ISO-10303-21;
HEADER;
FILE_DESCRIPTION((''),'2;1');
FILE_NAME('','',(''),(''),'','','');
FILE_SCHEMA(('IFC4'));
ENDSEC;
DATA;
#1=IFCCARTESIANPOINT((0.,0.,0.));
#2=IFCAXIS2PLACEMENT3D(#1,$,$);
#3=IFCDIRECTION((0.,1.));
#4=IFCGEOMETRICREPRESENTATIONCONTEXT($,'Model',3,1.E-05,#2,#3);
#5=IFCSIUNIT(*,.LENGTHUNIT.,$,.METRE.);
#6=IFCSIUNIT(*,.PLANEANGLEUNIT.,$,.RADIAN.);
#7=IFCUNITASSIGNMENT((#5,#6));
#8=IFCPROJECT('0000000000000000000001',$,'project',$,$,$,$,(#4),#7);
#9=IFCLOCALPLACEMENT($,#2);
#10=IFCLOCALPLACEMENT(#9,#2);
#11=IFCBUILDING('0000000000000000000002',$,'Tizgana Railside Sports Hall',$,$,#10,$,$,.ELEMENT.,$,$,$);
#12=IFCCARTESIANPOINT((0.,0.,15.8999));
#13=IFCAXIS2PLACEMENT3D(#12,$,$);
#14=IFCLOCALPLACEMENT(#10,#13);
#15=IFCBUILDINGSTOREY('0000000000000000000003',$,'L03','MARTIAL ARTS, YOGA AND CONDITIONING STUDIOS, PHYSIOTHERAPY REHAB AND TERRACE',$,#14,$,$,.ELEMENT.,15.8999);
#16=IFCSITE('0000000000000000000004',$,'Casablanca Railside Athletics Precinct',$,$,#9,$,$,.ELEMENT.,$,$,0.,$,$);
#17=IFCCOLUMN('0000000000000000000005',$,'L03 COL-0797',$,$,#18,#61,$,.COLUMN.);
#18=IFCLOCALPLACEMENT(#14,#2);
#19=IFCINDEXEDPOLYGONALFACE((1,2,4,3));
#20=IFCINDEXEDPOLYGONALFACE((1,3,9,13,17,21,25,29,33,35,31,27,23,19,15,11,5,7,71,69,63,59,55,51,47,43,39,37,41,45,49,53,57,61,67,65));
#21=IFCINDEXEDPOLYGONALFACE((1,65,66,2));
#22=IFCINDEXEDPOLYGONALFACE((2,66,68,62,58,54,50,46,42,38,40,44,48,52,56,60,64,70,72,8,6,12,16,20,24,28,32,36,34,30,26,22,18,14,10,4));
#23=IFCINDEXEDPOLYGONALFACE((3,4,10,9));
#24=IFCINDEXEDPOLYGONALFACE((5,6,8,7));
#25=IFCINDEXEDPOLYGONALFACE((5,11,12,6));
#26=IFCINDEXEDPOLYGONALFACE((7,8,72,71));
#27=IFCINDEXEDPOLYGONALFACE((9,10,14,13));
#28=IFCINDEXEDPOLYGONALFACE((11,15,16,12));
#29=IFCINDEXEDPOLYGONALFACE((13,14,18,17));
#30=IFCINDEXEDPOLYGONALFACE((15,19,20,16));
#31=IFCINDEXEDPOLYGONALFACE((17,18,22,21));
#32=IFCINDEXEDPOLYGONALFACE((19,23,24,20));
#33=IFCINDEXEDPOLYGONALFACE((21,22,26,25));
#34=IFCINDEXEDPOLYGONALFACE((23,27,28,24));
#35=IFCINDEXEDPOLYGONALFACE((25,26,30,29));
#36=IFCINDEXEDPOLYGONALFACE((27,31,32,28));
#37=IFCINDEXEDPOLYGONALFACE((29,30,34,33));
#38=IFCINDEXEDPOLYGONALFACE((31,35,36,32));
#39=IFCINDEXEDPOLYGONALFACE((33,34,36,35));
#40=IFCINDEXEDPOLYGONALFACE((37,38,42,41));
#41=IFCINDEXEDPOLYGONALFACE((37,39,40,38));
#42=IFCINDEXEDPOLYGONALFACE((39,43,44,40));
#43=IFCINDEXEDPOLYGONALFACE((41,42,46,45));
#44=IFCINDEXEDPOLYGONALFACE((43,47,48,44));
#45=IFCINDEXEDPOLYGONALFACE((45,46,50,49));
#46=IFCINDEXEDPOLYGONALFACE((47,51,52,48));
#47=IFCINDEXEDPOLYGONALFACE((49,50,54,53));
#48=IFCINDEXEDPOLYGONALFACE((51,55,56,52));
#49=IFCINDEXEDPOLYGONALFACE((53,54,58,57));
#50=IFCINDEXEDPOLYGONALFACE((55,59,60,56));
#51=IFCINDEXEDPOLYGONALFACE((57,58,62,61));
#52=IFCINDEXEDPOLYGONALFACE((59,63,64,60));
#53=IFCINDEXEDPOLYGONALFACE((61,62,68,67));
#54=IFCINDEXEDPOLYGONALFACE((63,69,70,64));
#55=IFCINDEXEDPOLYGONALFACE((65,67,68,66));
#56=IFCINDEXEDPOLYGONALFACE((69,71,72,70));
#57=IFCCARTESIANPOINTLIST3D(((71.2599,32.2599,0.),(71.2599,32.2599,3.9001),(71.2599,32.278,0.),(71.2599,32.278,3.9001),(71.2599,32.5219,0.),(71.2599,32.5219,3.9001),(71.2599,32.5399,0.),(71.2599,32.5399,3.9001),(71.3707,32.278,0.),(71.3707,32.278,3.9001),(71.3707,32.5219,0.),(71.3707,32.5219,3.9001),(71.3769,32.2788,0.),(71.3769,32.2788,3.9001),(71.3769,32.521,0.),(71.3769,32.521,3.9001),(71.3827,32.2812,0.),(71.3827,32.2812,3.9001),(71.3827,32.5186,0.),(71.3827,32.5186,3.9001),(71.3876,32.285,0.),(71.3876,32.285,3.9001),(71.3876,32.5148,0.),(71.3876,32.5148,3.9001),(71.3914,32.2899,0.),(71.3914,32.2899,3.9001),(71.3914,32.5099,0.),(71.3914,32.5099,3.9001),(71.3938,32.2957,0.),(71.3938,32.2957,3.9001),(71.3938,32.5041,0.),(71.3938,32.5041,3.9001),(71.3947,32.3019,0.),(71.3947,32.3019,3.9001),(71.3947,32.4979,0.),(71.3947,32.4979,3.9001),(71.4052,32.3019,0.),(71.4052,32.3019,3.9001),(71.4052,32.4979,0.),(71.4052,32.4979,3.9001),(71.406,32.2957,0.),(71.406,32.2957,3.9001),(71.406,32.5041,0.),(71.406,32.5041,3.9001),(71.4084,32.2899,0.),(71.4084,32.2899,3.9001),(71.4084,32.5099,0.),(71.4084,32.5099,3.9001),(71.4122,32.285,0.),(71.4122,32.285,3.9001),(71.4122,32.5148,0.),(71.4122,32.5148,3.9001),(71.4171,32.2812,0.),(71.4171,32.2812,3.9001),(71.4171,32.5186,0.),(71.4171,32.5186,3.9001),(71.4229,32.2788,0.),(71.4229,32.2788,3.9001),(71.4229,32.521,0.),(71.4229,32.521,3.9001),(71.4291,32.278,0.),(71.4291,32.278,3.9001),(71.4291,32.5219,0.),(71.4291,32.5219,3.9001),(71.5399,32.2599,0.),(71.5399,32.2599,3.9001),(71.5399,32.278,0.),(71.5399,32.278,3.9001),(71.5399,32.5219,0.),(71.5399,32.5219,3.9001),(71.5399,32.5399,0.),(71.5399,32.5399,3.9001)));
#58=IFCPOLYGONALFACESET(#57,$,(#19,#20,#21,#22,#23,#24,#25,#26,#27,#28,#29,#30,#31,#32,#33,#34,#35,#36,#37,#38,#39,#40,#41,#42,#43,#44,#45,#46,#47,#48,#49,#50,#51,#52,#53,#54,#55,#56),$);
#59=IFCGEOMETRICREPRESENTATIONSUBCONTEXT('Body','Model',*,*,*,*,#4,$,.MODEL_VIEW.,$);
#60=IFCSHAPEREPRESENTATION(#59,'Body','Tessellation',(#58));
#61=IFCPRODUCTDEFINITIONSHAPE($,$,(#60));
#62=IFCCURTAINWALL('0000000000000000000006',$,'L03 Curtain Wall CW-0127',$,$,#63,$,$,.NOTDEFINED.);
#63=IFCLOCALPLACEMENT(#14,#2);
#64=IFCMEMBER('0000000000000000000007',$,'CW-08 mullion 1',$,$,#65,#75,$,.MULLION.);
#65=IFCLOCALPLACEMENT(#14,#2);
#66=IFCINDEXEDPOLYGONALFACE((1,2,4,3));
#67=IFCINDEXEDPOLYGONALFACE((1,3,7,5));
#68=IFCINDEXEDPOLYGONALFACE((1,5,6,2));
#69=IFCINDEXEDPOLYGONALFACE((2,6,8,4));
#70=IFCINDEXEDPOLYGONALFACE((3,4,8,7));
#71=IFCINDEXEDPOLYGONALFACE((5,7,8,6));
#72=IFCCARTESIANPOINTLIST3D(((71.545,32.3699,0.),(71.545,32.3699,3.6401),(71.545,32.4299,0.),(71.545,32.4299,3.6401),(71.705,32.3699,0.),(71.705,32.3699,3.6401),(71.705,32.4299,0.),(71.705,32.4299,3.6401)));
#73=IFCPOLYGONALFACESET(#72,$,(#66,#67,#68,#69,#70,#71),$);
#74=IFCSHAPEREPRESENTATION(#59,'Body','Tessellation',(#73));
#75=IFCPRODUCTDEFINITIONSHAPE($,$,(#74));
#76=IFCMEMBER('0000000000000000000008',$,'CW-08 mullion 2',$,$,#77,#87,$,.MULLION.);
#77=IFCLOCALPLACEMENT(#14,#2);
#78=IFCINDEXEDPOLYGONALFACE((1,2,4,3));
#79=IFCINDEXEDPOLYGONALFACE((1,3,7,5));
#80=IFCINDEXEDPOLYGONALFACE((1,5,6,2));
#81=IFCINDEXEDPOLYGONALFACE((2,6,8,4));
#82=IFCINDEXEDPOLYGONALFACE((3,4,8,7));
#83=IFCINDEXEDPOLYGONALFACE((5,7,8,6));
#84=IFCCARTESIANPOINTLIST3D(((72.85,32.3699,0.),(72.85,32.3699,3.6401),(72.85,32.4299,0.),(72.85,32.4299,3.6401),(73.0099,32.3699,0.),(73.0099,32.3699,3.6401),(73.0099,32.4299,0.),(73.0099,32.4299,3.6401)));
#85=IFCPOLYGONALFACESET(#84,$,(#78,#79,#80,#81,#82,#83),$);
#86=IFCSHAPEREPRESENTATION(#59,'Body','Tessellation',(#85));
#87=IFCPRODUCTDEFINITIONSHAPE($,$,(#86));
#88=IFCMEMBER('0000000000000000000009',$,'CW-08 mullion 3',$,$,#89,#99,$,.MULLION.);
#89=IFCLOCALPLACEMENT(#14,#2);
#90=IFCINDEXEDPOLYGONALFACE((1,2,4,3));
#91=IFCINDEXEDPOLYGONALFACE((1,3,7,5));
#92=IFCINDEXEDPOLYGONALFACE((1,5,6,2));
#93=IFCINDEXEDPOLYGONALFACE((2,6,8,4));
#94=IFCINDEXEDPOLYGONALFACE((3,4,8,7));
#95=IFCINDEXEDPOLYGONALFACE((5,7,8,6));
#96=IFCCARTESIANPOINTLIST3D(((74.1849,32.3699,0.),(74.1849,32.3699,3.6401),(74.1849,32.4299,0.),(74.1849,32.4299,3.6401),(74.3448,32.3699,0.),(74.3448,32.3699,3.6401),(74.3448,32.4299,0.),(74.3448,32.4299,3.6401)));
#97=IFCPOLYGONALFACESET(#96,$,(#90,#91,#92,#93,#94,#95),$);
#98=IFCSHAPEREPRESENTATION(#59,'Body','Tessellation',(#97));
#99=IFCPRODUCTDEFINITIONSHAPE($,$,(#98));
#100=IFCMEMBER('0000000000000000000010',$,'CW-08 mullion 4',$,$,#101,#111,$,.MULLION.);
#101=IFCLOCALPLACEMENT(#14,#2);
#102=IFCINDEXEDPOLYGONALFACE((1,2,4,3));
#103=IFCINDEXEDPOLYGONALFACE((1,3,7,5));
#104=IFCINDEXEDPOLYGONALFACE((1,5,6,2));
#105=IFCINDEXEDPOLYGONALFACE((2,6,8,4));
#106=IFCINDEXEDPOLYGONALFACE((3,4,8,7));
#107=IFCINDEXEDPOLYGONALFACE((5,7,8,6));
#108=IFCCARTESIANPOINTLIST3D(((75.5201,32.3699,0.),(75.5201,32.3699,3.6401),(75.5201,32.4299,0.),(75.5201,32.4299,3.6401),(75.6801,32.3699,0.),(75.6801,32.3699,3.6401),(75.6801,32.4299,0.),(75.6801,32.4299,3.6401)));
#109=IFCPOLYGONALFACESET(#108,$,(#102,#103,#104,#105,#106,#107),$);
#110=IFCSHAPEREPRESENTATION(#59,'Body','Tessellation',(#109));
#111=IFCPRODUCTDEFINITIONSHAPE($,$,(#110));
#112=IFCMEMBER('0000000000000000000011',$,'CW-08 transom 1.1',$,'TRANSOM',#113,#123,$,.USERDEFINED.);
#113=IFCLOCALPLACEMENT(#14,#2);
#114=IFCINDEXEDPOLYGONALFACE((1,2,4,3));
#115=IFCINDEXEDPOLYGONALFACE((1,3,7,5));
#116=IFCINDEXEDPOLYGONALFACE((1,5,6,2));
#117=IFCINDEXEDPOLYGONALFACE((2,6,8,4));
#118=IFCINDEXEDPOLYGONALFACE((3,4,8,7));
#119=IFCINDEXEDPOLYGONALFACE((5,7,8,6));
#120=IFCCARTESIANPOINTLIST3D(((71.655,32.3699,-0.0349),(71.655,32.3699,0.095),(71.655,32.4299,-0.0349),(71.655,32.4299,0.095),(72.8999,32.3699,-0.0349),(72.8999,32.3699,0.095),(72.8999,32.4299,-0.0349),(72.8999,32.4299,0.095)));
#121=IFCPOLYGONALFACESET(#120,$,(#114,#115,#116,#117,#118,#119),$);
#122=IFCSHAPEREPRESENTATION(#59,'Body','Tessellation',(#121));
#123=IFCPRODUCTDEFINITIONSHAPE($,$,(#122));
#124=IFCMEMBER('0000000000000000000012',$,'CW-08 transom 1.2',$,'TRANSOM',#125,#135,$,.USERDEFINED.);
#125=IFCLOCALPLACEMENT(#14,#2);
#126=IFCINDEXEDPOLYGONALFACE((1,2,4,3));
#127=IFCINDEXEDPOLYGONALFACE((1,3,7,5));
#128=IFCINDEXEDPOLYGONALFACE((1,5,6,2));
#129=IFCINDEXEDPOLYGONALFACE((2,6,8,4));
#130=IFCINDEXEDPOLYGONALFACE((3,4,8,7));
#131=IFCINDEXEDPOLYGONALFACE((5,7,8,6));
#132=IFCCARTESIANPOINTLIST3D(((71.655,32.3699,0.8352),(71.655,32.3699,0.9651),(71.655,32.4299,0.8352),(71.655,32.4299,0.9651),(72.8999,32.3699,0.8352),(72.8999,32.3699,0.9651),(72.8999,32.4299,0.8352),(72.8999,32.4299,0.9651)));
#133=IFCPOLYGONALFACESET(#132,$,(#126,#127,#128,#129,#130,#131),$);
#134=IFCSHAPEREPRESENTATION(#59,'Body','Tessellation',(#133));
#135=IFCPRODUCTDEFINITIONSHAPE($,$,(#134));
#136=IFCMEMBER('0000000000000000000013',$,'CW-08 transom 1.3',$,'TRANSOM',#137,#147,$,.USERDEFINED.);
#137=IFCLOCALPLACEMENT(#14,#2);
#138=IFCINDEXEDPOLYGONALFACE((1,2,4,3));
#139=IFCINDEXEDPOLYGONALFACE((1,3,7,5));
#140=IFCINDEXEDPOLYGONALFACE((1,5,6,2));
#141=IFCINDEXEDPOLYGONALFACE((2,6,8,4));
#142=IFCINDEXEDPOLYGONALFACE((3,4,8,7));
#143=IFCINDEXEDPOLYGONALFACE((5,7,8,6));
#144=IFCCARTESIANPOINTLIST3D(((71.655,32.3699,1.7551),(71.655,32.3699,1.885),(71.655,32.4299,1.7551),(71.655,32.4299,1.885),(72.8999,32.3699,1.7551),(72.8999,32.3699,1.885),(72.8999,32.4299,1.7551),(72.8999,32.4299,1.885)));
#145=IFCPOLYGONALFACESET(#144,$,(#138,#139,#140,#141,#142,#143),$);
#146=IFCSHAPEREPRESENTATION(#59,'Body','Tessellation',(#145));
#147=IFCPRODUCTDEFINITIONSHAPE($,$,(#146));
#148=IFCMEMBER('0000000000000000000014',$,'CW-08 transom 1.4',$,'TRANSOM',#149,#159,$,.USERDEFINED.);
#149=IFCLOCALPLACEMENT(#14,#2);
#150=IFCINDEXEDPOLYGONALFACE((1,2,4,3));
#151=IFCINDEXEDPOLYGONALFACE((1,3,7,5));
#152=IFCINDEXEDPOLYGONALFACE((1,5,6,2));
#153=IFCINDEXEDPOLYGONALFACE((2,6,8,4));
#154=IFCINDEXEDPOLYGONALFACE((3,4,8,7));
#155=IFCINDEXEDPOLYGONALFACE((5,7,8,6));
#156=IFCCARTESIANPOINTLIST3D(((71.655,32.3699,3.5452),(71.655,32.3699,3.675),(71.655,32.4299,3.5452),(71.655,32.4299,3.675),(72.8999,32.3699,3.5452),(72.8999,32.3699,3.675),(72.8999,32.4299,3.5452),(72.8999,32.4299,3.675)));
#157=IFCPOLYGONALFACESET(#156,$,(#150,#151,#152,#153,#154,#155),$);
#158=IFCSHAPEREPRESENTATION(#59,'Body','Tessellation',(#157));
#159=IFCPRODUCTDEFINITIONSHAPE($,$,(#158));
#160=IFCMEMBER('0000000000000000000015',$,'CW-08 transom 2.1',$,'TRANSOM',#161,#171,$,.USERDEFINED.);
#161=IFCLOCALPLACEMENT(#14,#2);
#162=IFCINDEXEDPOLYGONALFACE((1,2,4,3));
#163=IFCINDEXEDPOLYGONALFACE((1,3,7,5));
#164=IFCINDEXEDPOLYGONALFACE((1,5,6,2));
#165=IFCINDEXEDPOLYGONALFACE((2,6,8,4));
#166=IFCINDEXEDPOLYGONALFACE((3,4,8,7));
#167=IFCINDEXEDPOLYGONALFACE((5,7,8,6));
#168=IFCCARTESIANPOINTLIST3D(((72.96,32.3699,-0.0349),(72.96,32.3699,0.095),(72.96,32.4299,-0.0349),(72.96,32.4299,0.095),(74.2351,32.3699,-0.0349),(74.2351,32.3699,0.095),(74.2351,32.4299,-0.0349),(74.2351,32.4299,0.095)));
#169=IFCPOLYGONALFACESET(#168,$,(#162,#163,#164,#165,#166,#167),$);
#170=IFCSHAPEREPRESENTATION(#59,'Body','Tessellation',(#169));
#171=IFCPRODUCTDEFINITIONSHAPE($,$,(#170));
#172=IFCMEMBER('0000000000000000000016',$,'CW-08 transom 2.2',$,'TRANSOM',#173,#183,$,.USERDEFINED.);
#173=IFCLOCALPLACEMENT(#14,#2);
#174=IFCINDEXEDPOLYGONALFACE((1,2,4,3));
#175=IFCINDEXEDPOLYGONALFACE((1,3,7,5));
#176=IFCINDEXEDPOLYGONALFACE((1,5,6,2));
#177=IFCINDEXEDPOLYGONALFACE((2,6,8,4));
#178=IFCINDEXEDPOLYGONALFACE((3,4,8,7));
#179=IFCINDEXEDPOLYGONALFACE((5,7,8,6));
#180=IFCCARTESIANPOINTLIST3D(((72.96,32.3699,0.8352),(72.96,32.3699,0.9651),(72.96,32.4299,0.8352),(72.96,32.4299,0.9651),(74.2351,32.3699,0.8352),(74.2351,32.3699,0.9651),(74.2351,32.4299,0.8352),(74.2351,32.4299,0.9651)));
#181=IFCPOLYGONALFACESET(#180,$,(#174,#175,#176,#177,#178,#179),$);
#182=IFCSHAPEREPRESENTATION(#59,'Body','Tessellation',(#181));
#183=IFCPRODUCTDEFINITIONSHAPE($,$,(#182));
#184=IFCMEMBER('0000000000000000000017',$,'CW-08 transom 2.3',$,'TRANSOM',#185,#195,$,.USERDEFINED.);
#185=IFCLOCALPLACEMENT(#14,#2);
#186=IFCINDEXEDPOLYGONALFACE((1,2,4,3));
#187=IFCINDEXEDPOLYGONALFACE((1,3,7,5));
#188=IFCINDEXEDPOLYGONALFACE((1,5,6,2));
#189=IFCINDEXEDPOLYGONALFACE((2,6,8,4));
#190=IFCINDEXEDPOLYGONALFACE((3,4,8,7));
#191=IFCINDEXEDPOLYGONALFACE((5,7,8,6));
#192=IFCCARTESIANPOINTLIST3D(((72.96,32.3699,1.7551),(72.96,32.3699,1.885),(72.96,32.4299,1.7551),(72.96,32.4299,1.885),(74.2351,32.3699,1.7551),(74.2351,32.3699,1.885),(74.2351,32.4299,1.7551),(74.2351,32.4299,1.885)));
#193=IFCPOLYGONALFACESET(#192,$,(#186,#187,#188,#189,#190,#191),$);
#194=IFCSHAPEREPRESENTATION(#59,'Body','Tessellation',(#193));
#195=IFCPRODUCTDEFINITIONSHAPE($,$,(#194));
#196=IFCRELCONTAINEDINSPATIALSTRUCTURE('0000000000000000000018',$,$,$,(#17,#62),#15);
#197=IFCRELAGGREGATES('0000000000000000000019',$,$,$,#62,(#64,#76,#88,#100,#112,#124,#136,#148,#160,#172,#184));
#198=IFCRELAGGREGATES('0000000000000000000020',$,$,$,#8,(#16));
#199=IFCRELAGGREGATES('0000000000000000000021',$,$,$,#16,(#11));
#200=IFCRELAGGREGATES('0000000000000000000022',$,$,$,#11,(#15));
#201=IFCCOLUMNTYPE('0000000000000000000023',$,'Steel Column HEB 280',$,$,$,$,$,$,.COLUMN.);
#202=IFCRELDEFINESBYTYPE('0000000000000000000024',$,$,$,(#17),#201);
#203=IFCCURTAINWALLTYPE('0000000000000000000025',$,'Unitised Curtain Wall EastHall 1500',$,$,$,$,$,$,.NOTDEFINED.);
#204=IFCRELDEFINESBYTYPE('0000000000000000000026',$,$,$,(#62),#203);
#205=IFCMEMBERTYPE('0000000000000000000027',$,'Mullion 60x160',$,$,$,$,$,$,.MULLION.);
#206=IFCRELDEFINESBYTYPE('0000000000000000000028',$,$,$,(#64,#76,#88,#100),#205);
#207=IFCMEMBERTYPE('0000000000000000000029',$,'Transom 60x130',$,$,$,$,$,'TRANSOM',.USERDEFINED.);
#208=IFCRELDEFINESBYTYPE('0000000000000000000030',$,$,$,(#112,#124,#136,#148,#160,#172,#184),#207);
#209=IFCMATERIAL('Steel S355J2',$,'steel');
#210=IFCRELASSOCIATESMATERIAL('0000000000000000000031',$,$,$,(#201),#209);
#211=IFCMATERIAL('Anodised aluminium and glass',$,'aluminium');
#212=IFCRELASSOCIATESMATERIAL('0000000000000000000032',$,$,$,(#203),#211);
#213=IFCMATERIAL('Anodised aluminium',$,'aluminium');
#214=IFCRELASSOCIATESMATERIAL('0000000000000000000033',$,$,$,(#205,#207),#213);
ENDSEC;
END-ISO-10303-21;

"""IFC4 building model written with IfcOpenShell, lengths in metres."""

from ifc_helpers import new_model, si_unit, direction, frame, origin, origin_2d, place, context, subcontext, project, spatial, rectangle, i_section, extrude, material, material_profile, profile_set, type_object, element, aggregate, save


model = new_model("IFC4")

# Units and contexts
model_context = context("Model", 3, precision=1e-05, world=origin(), true_north=direction((0.0, 1.0)))
body_context = subcontext(model_context, "Body", "Model", "MODEL_VIEW")
ifc_project = project(units=[si_unit("LENGTHUNIT", "METRE"), si_unit("PLANEANGLEUNIT", "RADIAN")], contexts=[model_context])

# Site, building, storey
site_placement = place(None, origin())
site = spatial("IfcSite", under=ifc_project, at=site_placement, Name="Casablanca Railside Athletics Precinct", CompositionType="ELEMENT", RefElevation=0.0)
building_placement = place(site_placement, origin())
building = spatial("IfcBuilding", under=site, at=building_placement, Name="Tizgana Railside Sports Hall", CompositionType="ELEMENT")
storey_placement = place(building_placement, frame((0.0, 0.0, 15.8999)))
storey = spatial("IfcBuildingStorey", under=building, at=storey_placement, Name="L03", Description="MARTIAL ARTS, YOGA AND CONDITIONING STUDIOS, PHYSIOTHERAPY REHAB AND TERRACE", CompositionType="ELEMENT", Elevation=15.8999)

# Column
ifc_material_1 = material(Name="Steel S355J2", Category="steel")
ifc_material_profile_1 = material_profile(ifc_material_1, i_section(OverallWidth=0.28, OverallDepth=0.28, WebThickness=0.0105, FlangeThickness=0.0181, FilletRadius=0.0239, at=origin_2d()), Name="HEB 280")
ifc_profile_set_1 = profile_set([ifc_material_profile_1], Name="Steel S355J2")
column_type = type_object("IfcColumnType", Name="Steel Column HEB 280", PredefinedType="COLUMN", material=ifc_profile_set_1)
column_placement = place(storey_placement, frame((71.3999, 32.3999, 0.0), z_axis=(0.0, 0.0, 1.0), x_axis=(1.0, 0.0, 0.0)))
element("IfcColumn", 1, at=column_placement, inside=storey, type_object=column_type, Name="L03 COL-0797", PredefinedType="COLUMN", context=body_context, shape_type="SweptSolid", body=[
    extrude(i_section(OverallWidth=0.28, OverallDepth=0.28, WebThickness=0.0105, FlangeThickness=0.0181, FilletRadius=0.0239, at=origin_2d()), origin(), (0.0, 0.0, 1.0), 3.9001),
])

# Curtain wall, members
ifc_material_2 = material(Name="Anodised aluminium and glass", Category="aluminium")
curtain_wall_type = type_object("IfcCurtainWallType", Name="Unitised Curtain Wall EastHall 1500", PredefinedType="NOTDEFINED", material=ifc_material_2)
curtain_wall_placement = place(storey_placement, origin())
curtain_wall = element("IfcCurtainWall", 2, at=curtain_wall_placement, inside=storey, type_object=curtain_wall_type, Name="L03 Curtain Wall CW-0127", PredefinedType="NOTDEFINED")
ifc_material_3 = material(Name="Anodised aluminium", Category="aluminium")
ifc_material_profile_2 = material_profile(ifc_material_3, rectangle(XDim=0.0601, YDim=0.1599, at=origin_2d()), Name="Mullion 60x160")
ifc_profile_set_2 = profile_set([ifc_material_profile_2], Name="Anodised aluminium")
member_type_1 = type_object("IfcMemberType", Name="Mullion 60x160", PredefinedType="MULLION", material=ifc_profile_set_2)
member_1_placement = place(storey_placement, frame((71.625, 32.3999, 0.0), z_axis=(0.0, 0.0, 1.0), x_axis=(0.0, 1.0, 0.0)))
member_1 = element("IfcMember", 3, at=member_1_placement, type_object=member_type_1, Name="CW-08 mullion 1", PredefinedType="MULLION", context=body_context, shape_type="SweptSolid", body=[
    extrude(rectangle(XDim=0.0601, YDim=0.1599, at=origin_2d()), origin(), (0.0, 0.0, 1.0), 3.6401),
])
member_2_placement = place(storey_placement, frame((72.9299, 32.3999, 0.0), z_axis=(0.0, 0.0, 1.0), x_axis=(0.0, 1.0, 0.0)))
member_2 = element("IfcMember", 4, at=member_2_placement, type_object=member_type_1, Name="CW-08 mullion 2", PredefinedType="MULLION", context=body_context, shape_type="SweptSolid", body=[
    extrude(rectangle(XDim=0.0601, YDim=0.1599, at=origin_2d()), origin(), (0.0, 0.0, 1.0), 3.6401),
])
member_3_placement = place(storey_placement, frame((74.2649, 32.3999, 0.0), z_axis=(0.0, 0.0, 1.0), x_axis=(0.0, 1.0, 0.0)))
member_3 = element("IfcMember", 5, at=member_3_placement, type_object=member_type_1, Name="CW-08 mullion 3", PredefinedType="MULLION", context=body_context, shape_type="SweptSolid", body=[
    extrude(rectangle(XDim=0.0601, YDim=0.1599, at=origin_2d()), origin(), (0.0, 0.0, 1.0), 3.6401),
])
member_4_placement = place(storey_placement, frame((75.6001, 32.3999, 0.0), z_axis=(0.0, 0.0, 1.0), x_axis=(0.0, 1.0, 0.0)))
member_4 = element("IfcMember", 6, at=member_4_placement, type_object=member_type_1, Name="CW-08 mullion 4", PredefinedType="MULLION", context=body_context, shape_type="SweptSolid", body=[
    extrude(rectangle(XDim=0.0601, YDim=0.1599, at=origin_2d()), origin(), (0.0, 0.0, 1.0), 3.6401),
])
ifc_material_profile_3 = material_profile(ifc_material_3, rectangle(XDim=0.0601, YDim=0.1299, at=origin_2d()), Name="Transom 60x130")
ifc_profile_set_3 = profile_set([ifc_material_profile_3], Name="Anodised aluminium")
member_type_2 = type_object("IfcMemberType", Name="Transom 60x130", ElementType="TRANSOM", PredefinedType="USERDEFINED", material=ifc_profile_set_3)
member_5_placement = place(storey_placement, frame((71.655, 32.3999, 0.03), z_axis=(1.0, 0.0, 0.0), x_axis=(0.0, 1.0, 0.0)))
member_5 = element("IfcMember", 7, at=member_5_placement, type_object=member_type_2, Name="CW-08 transom 1.1", ObjectType="TRANSOM", PredefinedType="USERDEFINED", context=body_context, shape_type="SweptSolid", body=[
    extrude(rectangle(XDim=0.0601, YDim=0.1299, at=origin_2d()), origin(), (0.0, 0.0, 1.0), 1.2449),
])
member_6_placement = place(storey_placement, frame((71.655, 32.3999, 0.9001), z_axis=(1.0, 0.0, 0.0), x_axis=(0.0, 1.0, 0.0)))
member_6 = element("IfcMember", 8, at=member_6_placement, type_object=member_type_2, Name="CW-08 transom 1.2", ObjectType="TRANSOM", PredefinedType="USERDEFINED", context=body_context, shape_type="SweptSolid", body=[
    extrude(rectangle(XDim=0.0601, YDim=0.1299, at=origin_2d()), origin(), (0.0, 0.0, 1.0), 1.2449),
])
member_7_placement = place(storey_placement, frame((71.655, 32.3999, 1.8201), z_axis=(1.0, 0.0, 0.0), x_axis=(0.0, 1.0, 0.0)))
member_7 = element("IfcMember", 9, at=member_7_placement, type_object=member_type_2, Name="CW-08 transom 1.3", ObjectType="TRANSOM", PredefinedType="USERDEFINED", context=body_context, shape_type="SweptSolid", body=[
    extrude(rectangle(XDim=0.0601, YDim=0.1299, at=origin_2d()), origin(), (0.0, 0.0, 1.0), 1.2449),
])
member_8_placement = place(storey_placement, frame((71.655, 32.3999, 3.6101), z_axis=(1.0, 0.0, 0.0), x_axis=(0.0, 1.0, 0.0)))
member_8 = element("IfcMember", 10, at=member_8_placement, type_object=member_type_2, Name="CW-08 transom 1.4", ObjectType="TRANSOM", PredefinedType="USERDEFINED", context=body_context, shape_type="SweptSolid", body=[
    extrude(rectangle(XDim=0.0601, YDim=0.1299, at=origin_2d()), origin(), (0.0, 0.0, 1.0), 1.2449),
])
member_9_placement = place(storey_placement, frame((72.96, 32.3999, 0.03), z_axis=(1.0, 0.0, 0.0), x_axis=(0.0, 1.0, 0.0)))
member_9 = element("IfcMember", 11, at=member_9_placement, type_object=member_type_2, Name="CW-08 transom 2.1", ObjectType="TRANSOM", PredefinedType="USERDEFINED", context=body_context, shape_type="SweptSolid", body=[
    extrude(rectangle(XDim=0.0601, YDim=0.1299, at=origin_2d()), origin(), (0.0, 0.0, 1.0), 1.2751),
])
member_10_placement = place(storey_placement, frame((72.96, 32.3999, 0.9001), z_axis=(1.0, 0.0, 0.0), x_axis=(0.0, 1.0, 0.0)))
member_10 = element("IfcMember", 12, at=member_10_placement, type_object=member_type_2, Name="CW-08 transom 2.2", ObjectType="TRANSOM", PredefinedType="USERDEFINED", context=body_context, shape_type="SweptSolid", body=[
    extrude(rectangle(XDim=0.0601, YDim=0.1299, at=origin_2d()), origin(), (0.0, 0.0, 1.0), 1.2751),
])
member_11_placement = place(storey_placement, frame((72.96, 32.3999, 1.8201), z_axis=(1.0, 0.0, 0.0), x_axis=(0.0, 1.0, 0.0)))
member_11 = element("IfcMember", 13, at=member_11_placement, type_object=member_type_2, Name="CW-08 transom 2.3", ObjectType="TRANSOM", PredefinedType="USERDEFINED", context=body_context, shape_type="SweptSolid", body=[
    extrude(rectangle(XDim=0.0601, YDim=0.1299, at=origin_2d()), origin(), (0.0, 0.0, 1.0), 1.2751),
])
aggregate(curtain_wall, [member_1, member_2, member_3, member_4, member_5, member_6, member_7, member_8, member_9, member_10, member_11])

save(model, "model.ifc")
